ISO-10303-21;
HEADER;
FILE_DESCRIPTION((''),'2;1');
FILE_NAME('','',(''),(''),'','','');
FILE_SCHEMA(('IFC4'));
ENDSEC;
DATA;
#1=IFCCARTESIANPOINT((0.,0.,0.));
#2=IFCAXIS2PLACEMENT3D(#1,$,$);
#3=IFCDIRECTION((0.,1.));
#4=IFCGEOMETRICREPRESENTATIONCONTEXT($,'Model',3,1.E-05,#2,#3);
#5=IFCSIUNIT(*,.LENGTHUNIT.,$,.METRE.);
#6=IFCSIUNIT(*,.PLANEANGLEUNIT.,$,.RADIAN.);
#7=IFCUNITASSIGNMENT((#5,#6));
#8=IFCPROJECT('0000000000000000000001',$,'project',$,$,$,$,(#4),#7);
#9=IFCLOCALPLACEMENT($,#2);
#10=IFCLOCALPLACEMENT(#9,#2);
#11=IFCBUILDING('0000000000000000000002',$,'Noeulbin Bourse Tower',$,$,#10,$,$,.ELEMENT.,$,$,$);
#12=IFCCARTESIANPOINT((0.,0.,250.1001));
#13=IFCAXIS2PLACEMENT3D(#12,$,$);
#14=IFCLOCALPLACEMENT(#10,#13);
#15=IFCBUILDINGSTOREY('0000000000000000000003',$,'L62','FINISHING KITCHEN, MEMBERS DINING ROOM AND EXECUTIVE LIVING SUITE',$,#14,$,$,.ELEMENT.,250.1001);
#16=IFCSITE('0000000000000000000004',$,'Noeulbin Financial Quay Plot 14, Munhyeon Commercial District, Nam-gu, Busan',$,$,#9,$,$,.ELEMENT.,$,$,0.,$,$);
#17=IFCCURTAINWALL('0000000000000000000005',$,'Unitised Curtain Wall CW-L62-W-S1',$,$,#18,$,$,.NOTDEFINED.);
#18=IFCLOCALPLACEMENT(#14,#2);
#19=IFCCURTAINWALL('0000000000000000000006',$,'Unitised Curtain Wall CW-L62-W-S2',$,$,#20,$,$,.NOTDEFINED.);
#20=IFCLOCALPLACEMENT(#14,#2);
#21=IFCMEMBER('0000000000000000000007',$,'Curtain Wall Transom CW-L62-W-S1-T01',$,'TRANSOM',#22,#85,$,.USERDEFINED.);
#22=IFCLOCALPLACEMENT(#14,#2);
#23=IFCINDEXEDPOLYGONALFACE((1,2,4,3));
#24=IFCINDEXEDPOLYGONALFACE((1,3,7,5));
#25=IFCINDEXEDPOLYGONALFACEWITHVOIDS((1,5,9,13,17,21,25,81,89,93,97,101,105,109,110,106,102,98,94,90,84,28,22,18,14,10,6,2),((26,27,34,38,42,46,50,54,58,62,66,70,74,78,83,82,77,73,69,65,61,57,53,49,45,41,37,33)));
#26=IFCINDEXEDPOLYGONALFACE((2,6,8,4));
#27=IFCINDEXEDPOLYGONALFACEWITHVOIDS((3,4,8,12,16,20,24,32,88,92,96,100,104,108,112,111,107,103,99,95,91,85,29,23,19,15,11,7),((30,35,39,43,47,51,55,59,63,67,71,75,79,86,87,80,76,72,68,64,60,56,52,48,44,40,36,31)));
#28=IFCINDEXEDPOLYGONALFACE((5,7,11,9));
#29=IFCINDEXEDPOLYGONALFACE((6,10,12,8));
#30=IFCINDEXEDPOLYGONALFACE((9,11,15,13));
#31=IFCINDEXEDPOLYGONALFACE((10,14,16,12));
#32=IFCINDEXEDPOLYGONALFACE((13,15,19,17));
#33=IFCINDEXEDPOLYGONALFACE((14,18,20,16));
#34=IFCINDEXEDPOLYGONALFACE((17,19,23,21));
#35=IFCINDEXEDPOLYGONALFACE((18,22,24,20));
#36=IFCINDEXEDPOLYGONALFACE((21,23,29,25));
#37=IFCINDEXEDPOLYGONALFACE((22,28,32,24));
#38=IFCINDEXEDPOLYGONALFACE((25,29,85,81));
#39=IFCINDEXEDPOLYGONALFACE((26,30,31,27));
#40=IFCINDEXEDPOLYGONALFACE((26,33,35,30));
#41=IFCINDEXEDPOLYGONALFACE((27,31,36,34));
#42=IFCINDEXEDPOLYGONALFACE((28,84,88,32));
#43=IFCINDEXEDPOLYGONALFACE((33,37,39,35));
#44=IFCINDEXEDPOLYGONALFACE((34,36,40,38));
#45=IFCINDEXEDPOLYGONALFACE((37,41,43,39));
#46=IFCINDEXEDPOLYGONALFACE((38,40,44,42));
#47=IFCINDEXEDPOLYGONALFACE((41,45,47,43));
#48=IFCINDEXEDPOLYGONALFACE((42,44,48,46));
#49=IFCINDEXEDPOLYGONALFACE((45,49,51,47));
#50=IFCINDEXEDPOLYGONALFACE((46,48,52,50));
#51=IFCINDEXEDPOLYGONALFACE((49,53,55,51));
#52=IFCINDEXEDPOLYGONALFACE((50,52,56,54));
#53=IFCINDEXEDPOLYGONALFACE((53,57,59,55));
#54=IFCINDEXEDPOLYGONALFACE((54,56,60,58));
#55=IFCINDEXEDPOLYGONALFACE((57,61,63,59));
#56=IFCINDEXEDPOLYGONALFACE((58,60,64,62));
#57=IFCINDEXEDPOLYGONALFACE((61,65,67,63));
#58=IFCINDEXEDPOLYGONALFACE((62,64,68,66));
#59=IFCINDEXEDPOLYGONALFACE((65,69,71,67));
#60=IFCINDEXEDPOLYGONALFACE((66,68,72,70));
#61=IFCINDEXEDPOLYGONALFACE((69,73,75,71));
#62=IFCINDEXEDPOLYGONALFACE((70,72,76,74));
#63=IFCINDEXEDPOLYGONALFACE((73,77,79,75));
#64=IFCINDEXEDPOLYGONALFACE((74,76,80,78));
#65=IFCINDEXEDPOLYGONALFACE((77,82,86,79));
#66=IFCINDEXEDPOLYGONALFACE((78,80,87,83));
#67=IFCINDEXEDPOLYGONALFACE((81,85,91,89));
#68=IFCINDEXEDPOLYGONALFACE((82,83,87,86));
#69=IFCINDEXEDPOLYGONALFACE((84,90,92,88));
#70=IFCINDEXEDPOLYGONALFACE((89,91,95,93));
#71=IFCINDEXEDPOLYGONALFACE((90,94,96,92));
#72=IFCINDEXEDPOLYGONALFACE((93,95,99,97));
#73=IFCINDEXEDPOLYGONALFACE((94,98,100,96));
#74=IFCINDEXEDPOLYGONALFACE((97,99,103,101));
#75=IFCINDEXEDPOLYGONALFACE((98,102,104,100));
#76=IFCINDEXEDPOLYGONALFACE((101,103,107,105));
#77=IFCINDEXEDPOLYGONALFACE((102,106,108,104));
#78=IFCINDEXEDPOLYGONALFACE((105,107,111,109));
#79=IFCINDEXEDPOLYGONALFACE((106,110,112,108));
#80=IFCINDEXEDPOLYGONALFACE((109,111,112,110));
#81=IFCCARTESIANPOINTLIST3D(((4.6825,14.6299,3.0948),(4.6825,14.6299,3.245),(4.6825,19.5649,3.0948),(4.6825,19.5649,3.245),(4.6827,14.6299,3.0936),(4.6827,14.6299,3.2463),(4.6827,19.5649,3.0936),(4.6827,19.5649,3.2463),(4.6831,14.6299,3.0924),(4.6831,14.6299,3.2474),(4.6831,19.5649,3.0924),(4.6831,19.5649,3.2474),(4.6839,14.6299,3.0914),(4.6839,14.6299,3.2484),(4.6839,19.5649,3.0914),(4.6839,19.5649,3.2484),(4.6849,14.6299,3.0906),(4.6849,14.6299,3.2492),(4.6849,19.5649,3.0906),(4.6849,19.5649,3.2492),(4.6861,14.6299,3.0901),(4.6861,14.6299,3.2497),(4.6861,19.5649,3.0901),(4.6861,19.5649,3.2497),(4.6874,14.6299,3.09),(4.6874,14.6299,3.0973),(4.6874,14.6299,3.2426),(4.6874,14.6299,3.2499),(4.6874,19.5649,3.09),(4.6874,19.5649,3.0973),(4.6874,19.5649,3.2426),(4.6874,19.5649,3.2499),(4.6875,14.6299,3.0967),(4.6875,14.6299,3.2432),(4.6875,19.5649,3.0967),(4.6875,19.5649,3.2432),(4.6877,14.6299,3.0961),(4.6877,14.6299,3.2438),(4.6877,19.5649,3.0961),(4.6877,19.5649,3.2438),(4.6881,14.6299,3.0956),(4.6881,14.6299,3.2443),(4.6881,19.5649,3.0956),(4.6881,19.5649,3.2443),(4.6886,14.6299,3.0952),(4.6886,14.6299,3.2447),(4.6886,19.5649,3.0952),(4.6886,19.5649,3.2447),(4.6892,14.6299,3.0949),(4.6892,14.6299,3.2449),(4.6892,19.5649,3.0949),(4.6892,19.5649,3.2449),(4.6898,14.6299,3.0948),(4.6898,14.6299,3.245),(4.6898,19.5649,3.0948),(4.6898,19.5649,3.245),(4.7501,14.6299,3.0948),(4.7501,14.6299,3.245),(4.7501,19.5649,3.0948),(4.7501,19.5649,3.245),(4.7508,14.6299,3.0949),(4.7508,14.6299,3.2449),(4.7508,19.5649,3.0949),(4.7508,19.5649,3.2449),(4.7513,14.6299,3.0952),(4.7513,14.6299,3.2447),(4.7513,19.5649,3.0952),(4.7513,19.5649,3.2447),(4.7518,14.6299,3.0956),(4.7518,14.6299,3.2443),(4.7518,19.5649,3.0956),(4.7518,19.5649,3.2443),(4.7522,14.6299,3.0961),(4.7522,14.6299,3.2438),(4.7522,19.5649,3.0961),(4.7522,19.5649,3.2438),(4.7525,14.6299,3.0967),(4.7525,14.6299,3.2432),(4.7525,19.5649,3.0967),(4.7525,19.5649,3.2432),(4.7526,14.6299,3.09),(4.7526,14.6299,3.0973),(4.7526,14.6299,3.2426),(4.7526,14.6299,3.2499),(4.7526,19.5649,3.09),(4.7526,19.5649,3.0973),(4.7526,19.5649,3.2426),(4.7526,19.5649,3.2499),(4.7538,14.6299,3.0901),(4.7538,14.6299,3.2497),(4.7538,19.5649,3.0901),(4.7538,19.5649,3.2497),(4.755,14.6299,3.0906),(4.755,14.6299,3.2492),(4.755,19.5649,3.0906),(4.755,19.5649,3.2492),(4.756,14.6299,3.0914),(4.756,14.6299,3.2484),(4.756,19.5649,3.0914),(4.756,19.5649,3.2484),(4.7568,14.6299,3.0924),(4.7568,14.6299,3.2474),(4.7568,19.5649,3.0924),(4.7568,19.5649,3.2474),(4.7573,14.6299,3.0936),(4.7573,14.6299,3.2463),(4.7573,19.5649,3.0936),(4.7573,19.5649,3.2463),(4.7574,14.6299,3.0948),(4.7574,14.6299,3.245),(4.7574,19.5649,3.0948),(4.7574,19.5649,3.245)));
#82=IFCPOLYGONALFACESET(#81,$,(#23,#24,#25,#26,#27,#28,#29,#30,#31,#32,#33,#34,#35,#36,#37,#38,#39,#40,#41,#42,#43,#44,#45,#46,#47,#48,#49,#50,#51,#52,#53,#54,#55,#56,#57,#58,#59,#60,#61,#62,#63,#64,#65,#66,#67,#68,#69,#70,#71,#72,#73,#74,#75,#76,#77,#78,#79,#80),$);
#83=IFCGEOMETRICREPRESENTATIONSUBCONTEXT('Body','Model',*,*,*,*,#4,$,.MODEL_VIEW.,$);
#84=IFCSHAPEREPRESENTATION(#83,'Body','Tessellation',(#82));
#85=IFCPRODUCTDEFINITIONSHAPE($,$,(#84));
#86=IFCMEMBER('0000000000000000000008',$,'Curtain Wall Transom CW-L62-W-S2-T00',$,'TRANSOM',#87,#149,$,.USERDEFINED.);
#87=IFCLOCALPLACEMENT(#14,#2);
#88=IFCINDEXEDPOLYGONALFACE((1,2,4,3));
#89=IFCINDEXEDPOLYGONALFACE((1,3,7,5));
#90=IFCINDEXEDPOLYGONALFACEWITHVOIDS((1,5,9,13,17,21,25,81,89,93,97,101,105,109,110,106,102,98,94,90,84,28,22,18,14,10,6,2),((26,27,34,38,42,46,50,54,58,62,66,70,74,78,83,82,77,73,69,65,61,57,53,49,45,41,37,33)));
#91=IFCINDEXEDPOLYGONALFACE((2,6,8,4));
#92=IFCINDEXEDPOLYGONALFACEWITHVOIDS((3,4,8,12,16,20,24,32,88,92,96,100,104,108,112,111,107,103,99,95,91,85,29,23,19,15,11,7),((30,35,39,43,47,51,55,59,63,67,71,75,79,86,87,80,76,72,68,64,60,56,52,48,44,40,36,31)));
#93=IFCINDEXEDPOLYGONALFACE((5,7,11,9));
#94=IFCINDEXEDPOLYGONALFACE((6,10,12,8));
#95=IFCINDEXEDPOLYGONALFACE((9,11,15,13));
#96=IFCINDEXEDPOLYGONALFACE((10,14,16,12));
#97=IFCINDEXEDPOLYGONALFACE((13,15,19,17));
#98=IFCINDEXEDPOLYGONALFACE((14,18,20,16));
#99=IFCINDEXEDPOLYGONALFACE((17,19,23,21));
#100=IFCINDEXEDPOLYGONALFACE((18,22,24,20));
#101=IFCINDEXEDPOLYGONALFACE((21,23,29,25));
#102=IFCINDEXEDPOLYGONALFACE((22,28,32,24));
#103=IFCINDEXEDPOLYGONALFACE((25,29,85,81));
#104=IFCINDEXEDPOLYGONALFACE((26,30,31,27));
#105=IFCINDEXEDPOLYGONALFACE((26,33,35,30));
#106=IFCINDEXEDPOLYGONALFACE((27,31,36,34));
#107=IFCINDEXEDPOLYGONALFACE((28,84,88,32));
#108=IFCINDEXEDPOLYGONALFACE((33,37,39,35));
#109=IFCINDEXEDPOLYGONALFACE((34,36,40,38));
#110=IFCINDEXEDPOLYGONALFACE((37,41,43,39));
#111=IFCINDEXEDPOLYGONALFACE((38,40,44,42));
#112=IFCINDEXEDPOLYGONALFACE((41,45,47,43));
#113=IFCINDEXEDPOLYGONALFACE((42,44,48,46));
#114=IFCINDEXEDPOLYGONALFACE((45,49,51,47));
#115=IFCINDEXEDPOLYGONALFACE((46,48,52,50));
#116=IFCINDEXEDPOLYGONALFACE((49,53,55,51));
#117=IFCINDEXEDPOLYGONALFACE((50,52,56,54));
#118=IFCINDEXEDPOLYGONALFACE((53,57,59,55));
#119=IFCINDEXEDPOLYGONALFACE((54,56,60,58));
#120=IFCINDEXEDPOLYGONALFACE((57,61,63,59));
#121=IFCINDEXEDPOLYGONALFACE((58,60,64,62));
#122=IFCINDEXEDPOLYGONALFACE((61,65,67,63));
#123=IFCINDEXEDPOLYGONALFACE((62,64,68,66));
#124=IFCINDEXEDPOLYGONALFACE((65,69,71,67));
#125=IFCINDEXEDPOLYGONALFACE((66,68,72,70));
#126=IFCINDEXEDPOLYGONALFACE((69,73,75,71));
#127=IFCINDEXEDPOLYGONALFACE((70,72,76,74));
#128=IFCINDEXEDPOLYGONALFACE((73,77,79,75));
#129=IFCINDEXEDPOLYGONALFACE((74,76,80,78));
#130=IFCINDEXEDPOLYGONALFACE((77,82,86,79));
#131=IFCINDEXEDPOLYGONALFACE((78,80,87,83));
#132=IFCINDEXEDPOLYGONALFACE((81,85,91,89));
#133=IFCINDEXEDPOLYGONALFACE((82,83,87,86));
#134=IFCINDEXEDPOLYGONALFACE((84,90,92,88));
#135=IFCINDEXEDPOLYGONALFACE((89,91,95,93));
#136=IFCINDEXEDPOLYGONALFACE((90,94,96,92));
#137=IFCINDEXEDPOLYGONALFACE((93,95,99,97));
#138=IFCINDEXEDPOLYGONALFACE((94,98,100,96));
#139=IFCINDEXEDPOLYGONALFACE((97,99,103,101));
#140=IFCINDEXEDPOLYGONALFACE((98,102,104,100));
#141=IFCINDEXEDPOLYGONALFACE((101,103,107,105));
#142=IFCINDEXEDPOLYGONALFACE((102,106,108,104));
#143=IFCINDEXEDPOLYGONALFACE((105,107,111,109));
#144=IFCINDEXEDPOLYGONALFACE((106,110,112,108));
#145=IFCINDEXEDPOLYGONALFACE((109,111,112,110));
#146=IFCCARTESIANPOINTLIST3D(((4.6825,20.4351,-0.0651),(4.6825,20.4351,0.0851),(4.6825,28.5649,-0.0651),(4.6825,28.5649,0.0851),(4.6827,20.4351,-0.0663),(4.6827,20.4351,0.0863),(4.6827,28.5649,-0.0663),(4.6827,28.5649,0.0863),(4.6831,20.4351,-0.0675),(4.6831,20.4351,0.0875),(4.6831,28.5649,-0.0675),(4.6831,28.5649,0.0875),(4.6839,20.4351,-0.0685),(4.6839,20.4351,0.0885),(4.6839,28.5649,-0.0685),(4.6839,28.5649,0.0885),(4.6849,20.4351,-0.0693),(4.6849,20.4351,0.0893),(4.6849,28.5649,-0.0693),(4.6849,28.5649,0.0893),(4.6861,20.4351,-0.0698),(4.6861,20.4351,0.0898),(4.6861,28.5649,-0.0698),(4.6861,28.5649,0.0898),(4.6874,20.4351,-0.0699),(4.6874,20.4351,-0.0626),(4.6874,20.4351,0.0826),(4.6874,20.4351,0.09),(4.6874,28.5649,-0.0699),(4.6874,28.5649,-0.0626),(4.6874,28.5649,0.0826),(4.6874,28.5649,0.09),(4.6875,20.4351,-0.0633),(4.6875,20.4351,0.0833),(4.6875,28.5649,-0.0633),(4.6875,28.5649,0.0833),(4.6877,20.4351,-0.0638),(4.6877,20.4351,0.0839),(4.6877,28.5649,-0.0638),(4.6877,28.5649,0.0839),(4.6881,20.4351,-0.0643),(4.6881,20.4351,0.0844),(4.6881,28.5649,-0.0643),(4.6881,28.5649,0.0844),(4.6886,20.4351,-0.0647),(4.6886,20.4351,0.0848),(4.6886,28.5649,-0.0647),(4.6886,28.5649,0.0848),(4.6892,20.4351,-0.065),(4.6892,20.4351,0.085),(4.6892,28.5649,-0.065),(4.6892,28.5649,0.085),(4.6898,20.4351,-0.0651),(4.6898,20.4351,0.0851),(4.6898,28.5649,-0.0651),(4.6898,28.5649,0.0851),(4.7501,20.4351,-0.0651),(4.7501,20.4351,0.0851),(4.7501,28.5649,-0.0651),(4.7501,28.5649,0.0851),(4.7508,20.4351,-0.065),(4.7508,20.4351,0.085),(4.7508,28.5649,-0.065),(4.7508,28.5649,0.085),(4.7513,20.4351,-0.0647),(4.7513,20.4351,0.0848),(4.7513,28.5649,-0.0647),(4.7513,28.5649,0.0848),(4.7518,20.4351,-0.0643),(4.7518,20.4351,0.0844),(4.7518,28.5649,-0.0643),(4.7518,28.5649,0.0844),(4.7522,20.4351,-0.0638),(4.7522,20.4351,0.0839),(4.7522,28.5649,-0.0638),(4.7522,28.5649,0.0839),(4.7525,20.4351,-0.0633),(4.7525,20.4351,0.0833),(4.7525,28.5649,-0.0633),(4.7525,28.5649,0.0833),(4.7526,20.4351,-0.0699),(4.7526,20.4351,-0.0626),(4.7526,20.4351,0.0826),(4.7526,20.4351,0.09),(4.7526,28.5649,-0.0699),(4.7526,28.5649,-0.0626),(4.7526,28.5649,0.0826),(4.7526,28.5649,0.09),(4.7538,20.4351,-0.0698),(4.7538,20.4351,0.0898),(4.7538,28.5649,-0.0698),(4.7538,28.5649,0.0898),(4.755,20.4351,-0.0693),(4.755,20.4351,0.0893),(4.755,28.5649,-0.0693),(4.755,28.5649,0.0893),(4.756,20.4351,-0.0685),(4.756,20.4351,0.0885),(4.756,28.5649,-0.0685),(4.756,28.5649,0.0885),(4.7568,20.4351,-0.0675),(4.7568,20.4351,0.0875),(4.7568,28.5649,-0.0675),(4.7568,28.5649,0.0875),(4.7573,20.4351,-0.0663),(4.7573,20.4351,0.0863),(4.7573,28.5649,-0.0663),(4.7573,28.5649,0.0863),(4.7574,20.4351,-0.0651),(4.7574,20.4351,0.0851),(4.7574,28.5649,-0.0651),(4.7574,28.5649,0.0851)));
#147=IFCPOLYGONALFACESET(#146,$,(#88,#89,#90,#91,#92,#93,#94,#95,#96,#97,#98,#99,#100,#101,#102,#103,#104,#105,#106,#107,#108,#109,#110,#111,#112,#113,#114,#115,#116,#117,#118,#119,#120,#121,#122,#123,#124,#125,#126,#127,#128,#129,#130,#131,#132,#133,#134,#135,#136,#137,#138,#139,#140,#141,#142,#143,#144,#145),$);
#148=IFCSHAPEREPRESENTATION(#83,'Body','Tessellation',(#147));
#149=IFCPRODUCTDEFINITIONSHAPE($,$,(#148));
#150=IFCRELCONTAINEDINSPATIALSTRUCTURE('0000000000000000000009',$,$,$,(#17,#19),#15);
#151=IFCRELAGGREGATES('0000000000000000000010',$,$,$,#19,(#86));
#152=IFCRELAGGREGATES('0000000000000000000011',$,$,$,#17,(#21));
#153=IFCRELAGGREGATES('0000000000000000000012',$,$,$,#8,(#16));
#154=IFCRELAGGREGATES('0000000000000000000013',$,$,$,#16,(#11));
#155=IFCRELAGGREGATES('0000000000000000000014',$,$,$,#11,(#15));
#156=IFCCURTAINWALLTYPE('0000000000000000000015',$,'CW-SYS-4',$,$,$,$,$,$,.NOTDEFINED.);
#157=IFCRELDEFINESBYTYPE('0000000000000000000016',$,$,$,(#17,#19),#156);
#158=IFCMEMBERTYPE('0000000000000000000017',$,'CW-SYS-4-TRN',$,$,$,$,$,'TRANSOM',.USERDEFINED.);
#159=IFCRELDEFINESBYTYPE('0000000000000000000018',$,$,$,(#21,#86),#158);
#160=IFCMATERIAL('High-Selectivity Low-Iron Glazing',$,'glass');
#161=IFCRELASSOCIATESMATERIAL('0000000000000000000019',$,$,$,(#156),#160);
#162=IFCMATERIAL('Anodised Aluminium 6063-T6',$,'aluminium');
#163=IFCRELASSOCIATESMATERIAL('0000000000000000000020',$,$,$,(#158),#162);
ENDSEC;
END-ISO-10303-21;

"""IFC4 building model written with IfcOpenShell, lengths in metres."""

from ifc_helpers import new_model, si_unit, direction, frame, origin, origin_2d, place, context, subcontext, project, spatial, hollow_rectangle, extrude, material, material_profile, profile_set, type_object, element, aggregate, save


model = new_model("IFC4")

# Units and contexts
model_context = context("Model", 3, precision=1e-05, world=origin(), true_north=direction((0.0, 1.0)))
body_context = subcontext(model_context, "Body", "Model", "MODEL_VIEW")
ifc_project = project(units=[si_unit("LENGTHUNIT", "METRE"), si_unit("PLANEANGLEUNIT", "RADIAN")], contexts=[model_context])

# Site, building, storey
site_placement = place(None, origin())
site = spatial("IfcSite", under=ifc_project, at=site_placement, Name="Noeulbin Financial Quay Plot 14, Munhyeon Commercial District, Nam-gu, Busan", CompositionType="ELEMENT", RefElevation=0.0)
building_placement = place(site_placement, origin())
building = spatial("IfcBuilding", under=site, at=building_placement, Name="Noeulbin Bourse Tower", CompositionType="ELEMENT")
storey_placement = place(building_placement, frame((0.0, 0.0, 250.1001)))
storey = spatial("IfcBuildingStorey", under=building, at=storey_placement, Name="L62", Description="FINISHING KITCHEN, MEMBERS DINING ROOM AND EXECUTIVE LIVING SUITE", CompositionType="ELEMENT", Elevation=250.1001)

# Curtain wall
ifc_material_1 = material(Name="High-Selectivity Low-Iron Glazing", Category="glass")
curtain_wall_type = type_object("IfcCurtainWallType", Name="CW-SYS-4", PredefinedType="NOTDEFINED", material=ifc_material_1)
curtain_wall_1_placement = place(storey_placement, origin())
curtain_wall_1 = element("IfcCurtainWall", 1, at=curtain_wall_1_placement, inside=storey, type_object=curtain_wall_type, Name="Unitised Curtain Wall CW-L62-W-S1", PredefinedType="NOTDEFINED")
ifc_material_2 = material(Name="Anodised Aluminium 6063-T6", Category="aluminium")

# Curtain wall
curtain_wall_2_placement = place(storey_placement, origin())
curtain_wall_2 = element("IfcCurtainWall", 2, at=curtain_wall_2_placement, inside=storey, type_object=curtain_wall_type, Name="Unitised Curtain Wall CW-L62-W-S2", PredefinedType="NOTDEFINED")

# Members
ifc_material_profile_1 = material_profile(ifc_material_2, hollow_rectangle(XDim=0.075, YDim=0.1599, WallThickness=0.0049, InnerFilletRadius=0.0024, OuterFilletRadius=0.0049, at=origin_2d()), Name="ALU-TRAN-75x160x5", Category="LoadBearing")
ifc_profile_set_1 = profile_set([ifc_material_profile_1], Name="Anodised Aluminium 6063-T6")
member_type_1 = type_object("IfcMemberType", Name="CW-SYS-4-TRN", ElementType="TRANSOM", PredefinedType="USERDEFINED", material=ifc_profile_set_1)
member_1_placement = place(storey_placement, frame((4.72, 14.6299, 3.1699), z_axis=(0.0, 1.0, 0.0), x_axis=(-1.0, 0.0, 0.0)))
member_1 = element("IfcMember", 3, at=member_1_placement, type_object=member_type_1, Name="Curtain Wall Transom CW-L62-W-S1-T01", ObjectType="TRANSOM", PredefinedType="USERDEFINED", context=body_context, shape_type="SweptSolid", body=[
    extrude(hollow_rectangle(XDim=0.075, YDim=0.1599, WallThickness=0.0049, InnerFilletRadius=0.0024, OuterFilletRadius=0.0049, at=origin_2d()), origin(), (0.0, 0.0, 1.0), 4.9351),
])
member_2_placement = place(storey_placement, frame((4.72, 20.4351, 0.01), z_axis=(0.0, 1.0, 0.0), x_axis=(-1.0, 0.0, 0.0)))
member_2 = element("IfcMember", 4, at=member_2_placement, type_object=member_type_1, Name="Curtain Wall Transom CW-L62-W-S2-T00", ObjectType="TRANSOM", PredefinedType="USERDEFINED", context=body_context, shape_type="SweptSolid", body=[
    extrude(hollow_rectangle(XDim=0.075, YDim=0.1599, WallThickness=0.0049, InnerFilletRadius=0.0024, OuterFilletRadius=0.0049, at=origin_2d()), origin(), (0.0, 0.0, 1.0), 8.1299),
])
aggregate(curtain_wall_2, [member_2])

aggregate(curtain_wall_1, [member_1])

save(model, "model.ifc")
